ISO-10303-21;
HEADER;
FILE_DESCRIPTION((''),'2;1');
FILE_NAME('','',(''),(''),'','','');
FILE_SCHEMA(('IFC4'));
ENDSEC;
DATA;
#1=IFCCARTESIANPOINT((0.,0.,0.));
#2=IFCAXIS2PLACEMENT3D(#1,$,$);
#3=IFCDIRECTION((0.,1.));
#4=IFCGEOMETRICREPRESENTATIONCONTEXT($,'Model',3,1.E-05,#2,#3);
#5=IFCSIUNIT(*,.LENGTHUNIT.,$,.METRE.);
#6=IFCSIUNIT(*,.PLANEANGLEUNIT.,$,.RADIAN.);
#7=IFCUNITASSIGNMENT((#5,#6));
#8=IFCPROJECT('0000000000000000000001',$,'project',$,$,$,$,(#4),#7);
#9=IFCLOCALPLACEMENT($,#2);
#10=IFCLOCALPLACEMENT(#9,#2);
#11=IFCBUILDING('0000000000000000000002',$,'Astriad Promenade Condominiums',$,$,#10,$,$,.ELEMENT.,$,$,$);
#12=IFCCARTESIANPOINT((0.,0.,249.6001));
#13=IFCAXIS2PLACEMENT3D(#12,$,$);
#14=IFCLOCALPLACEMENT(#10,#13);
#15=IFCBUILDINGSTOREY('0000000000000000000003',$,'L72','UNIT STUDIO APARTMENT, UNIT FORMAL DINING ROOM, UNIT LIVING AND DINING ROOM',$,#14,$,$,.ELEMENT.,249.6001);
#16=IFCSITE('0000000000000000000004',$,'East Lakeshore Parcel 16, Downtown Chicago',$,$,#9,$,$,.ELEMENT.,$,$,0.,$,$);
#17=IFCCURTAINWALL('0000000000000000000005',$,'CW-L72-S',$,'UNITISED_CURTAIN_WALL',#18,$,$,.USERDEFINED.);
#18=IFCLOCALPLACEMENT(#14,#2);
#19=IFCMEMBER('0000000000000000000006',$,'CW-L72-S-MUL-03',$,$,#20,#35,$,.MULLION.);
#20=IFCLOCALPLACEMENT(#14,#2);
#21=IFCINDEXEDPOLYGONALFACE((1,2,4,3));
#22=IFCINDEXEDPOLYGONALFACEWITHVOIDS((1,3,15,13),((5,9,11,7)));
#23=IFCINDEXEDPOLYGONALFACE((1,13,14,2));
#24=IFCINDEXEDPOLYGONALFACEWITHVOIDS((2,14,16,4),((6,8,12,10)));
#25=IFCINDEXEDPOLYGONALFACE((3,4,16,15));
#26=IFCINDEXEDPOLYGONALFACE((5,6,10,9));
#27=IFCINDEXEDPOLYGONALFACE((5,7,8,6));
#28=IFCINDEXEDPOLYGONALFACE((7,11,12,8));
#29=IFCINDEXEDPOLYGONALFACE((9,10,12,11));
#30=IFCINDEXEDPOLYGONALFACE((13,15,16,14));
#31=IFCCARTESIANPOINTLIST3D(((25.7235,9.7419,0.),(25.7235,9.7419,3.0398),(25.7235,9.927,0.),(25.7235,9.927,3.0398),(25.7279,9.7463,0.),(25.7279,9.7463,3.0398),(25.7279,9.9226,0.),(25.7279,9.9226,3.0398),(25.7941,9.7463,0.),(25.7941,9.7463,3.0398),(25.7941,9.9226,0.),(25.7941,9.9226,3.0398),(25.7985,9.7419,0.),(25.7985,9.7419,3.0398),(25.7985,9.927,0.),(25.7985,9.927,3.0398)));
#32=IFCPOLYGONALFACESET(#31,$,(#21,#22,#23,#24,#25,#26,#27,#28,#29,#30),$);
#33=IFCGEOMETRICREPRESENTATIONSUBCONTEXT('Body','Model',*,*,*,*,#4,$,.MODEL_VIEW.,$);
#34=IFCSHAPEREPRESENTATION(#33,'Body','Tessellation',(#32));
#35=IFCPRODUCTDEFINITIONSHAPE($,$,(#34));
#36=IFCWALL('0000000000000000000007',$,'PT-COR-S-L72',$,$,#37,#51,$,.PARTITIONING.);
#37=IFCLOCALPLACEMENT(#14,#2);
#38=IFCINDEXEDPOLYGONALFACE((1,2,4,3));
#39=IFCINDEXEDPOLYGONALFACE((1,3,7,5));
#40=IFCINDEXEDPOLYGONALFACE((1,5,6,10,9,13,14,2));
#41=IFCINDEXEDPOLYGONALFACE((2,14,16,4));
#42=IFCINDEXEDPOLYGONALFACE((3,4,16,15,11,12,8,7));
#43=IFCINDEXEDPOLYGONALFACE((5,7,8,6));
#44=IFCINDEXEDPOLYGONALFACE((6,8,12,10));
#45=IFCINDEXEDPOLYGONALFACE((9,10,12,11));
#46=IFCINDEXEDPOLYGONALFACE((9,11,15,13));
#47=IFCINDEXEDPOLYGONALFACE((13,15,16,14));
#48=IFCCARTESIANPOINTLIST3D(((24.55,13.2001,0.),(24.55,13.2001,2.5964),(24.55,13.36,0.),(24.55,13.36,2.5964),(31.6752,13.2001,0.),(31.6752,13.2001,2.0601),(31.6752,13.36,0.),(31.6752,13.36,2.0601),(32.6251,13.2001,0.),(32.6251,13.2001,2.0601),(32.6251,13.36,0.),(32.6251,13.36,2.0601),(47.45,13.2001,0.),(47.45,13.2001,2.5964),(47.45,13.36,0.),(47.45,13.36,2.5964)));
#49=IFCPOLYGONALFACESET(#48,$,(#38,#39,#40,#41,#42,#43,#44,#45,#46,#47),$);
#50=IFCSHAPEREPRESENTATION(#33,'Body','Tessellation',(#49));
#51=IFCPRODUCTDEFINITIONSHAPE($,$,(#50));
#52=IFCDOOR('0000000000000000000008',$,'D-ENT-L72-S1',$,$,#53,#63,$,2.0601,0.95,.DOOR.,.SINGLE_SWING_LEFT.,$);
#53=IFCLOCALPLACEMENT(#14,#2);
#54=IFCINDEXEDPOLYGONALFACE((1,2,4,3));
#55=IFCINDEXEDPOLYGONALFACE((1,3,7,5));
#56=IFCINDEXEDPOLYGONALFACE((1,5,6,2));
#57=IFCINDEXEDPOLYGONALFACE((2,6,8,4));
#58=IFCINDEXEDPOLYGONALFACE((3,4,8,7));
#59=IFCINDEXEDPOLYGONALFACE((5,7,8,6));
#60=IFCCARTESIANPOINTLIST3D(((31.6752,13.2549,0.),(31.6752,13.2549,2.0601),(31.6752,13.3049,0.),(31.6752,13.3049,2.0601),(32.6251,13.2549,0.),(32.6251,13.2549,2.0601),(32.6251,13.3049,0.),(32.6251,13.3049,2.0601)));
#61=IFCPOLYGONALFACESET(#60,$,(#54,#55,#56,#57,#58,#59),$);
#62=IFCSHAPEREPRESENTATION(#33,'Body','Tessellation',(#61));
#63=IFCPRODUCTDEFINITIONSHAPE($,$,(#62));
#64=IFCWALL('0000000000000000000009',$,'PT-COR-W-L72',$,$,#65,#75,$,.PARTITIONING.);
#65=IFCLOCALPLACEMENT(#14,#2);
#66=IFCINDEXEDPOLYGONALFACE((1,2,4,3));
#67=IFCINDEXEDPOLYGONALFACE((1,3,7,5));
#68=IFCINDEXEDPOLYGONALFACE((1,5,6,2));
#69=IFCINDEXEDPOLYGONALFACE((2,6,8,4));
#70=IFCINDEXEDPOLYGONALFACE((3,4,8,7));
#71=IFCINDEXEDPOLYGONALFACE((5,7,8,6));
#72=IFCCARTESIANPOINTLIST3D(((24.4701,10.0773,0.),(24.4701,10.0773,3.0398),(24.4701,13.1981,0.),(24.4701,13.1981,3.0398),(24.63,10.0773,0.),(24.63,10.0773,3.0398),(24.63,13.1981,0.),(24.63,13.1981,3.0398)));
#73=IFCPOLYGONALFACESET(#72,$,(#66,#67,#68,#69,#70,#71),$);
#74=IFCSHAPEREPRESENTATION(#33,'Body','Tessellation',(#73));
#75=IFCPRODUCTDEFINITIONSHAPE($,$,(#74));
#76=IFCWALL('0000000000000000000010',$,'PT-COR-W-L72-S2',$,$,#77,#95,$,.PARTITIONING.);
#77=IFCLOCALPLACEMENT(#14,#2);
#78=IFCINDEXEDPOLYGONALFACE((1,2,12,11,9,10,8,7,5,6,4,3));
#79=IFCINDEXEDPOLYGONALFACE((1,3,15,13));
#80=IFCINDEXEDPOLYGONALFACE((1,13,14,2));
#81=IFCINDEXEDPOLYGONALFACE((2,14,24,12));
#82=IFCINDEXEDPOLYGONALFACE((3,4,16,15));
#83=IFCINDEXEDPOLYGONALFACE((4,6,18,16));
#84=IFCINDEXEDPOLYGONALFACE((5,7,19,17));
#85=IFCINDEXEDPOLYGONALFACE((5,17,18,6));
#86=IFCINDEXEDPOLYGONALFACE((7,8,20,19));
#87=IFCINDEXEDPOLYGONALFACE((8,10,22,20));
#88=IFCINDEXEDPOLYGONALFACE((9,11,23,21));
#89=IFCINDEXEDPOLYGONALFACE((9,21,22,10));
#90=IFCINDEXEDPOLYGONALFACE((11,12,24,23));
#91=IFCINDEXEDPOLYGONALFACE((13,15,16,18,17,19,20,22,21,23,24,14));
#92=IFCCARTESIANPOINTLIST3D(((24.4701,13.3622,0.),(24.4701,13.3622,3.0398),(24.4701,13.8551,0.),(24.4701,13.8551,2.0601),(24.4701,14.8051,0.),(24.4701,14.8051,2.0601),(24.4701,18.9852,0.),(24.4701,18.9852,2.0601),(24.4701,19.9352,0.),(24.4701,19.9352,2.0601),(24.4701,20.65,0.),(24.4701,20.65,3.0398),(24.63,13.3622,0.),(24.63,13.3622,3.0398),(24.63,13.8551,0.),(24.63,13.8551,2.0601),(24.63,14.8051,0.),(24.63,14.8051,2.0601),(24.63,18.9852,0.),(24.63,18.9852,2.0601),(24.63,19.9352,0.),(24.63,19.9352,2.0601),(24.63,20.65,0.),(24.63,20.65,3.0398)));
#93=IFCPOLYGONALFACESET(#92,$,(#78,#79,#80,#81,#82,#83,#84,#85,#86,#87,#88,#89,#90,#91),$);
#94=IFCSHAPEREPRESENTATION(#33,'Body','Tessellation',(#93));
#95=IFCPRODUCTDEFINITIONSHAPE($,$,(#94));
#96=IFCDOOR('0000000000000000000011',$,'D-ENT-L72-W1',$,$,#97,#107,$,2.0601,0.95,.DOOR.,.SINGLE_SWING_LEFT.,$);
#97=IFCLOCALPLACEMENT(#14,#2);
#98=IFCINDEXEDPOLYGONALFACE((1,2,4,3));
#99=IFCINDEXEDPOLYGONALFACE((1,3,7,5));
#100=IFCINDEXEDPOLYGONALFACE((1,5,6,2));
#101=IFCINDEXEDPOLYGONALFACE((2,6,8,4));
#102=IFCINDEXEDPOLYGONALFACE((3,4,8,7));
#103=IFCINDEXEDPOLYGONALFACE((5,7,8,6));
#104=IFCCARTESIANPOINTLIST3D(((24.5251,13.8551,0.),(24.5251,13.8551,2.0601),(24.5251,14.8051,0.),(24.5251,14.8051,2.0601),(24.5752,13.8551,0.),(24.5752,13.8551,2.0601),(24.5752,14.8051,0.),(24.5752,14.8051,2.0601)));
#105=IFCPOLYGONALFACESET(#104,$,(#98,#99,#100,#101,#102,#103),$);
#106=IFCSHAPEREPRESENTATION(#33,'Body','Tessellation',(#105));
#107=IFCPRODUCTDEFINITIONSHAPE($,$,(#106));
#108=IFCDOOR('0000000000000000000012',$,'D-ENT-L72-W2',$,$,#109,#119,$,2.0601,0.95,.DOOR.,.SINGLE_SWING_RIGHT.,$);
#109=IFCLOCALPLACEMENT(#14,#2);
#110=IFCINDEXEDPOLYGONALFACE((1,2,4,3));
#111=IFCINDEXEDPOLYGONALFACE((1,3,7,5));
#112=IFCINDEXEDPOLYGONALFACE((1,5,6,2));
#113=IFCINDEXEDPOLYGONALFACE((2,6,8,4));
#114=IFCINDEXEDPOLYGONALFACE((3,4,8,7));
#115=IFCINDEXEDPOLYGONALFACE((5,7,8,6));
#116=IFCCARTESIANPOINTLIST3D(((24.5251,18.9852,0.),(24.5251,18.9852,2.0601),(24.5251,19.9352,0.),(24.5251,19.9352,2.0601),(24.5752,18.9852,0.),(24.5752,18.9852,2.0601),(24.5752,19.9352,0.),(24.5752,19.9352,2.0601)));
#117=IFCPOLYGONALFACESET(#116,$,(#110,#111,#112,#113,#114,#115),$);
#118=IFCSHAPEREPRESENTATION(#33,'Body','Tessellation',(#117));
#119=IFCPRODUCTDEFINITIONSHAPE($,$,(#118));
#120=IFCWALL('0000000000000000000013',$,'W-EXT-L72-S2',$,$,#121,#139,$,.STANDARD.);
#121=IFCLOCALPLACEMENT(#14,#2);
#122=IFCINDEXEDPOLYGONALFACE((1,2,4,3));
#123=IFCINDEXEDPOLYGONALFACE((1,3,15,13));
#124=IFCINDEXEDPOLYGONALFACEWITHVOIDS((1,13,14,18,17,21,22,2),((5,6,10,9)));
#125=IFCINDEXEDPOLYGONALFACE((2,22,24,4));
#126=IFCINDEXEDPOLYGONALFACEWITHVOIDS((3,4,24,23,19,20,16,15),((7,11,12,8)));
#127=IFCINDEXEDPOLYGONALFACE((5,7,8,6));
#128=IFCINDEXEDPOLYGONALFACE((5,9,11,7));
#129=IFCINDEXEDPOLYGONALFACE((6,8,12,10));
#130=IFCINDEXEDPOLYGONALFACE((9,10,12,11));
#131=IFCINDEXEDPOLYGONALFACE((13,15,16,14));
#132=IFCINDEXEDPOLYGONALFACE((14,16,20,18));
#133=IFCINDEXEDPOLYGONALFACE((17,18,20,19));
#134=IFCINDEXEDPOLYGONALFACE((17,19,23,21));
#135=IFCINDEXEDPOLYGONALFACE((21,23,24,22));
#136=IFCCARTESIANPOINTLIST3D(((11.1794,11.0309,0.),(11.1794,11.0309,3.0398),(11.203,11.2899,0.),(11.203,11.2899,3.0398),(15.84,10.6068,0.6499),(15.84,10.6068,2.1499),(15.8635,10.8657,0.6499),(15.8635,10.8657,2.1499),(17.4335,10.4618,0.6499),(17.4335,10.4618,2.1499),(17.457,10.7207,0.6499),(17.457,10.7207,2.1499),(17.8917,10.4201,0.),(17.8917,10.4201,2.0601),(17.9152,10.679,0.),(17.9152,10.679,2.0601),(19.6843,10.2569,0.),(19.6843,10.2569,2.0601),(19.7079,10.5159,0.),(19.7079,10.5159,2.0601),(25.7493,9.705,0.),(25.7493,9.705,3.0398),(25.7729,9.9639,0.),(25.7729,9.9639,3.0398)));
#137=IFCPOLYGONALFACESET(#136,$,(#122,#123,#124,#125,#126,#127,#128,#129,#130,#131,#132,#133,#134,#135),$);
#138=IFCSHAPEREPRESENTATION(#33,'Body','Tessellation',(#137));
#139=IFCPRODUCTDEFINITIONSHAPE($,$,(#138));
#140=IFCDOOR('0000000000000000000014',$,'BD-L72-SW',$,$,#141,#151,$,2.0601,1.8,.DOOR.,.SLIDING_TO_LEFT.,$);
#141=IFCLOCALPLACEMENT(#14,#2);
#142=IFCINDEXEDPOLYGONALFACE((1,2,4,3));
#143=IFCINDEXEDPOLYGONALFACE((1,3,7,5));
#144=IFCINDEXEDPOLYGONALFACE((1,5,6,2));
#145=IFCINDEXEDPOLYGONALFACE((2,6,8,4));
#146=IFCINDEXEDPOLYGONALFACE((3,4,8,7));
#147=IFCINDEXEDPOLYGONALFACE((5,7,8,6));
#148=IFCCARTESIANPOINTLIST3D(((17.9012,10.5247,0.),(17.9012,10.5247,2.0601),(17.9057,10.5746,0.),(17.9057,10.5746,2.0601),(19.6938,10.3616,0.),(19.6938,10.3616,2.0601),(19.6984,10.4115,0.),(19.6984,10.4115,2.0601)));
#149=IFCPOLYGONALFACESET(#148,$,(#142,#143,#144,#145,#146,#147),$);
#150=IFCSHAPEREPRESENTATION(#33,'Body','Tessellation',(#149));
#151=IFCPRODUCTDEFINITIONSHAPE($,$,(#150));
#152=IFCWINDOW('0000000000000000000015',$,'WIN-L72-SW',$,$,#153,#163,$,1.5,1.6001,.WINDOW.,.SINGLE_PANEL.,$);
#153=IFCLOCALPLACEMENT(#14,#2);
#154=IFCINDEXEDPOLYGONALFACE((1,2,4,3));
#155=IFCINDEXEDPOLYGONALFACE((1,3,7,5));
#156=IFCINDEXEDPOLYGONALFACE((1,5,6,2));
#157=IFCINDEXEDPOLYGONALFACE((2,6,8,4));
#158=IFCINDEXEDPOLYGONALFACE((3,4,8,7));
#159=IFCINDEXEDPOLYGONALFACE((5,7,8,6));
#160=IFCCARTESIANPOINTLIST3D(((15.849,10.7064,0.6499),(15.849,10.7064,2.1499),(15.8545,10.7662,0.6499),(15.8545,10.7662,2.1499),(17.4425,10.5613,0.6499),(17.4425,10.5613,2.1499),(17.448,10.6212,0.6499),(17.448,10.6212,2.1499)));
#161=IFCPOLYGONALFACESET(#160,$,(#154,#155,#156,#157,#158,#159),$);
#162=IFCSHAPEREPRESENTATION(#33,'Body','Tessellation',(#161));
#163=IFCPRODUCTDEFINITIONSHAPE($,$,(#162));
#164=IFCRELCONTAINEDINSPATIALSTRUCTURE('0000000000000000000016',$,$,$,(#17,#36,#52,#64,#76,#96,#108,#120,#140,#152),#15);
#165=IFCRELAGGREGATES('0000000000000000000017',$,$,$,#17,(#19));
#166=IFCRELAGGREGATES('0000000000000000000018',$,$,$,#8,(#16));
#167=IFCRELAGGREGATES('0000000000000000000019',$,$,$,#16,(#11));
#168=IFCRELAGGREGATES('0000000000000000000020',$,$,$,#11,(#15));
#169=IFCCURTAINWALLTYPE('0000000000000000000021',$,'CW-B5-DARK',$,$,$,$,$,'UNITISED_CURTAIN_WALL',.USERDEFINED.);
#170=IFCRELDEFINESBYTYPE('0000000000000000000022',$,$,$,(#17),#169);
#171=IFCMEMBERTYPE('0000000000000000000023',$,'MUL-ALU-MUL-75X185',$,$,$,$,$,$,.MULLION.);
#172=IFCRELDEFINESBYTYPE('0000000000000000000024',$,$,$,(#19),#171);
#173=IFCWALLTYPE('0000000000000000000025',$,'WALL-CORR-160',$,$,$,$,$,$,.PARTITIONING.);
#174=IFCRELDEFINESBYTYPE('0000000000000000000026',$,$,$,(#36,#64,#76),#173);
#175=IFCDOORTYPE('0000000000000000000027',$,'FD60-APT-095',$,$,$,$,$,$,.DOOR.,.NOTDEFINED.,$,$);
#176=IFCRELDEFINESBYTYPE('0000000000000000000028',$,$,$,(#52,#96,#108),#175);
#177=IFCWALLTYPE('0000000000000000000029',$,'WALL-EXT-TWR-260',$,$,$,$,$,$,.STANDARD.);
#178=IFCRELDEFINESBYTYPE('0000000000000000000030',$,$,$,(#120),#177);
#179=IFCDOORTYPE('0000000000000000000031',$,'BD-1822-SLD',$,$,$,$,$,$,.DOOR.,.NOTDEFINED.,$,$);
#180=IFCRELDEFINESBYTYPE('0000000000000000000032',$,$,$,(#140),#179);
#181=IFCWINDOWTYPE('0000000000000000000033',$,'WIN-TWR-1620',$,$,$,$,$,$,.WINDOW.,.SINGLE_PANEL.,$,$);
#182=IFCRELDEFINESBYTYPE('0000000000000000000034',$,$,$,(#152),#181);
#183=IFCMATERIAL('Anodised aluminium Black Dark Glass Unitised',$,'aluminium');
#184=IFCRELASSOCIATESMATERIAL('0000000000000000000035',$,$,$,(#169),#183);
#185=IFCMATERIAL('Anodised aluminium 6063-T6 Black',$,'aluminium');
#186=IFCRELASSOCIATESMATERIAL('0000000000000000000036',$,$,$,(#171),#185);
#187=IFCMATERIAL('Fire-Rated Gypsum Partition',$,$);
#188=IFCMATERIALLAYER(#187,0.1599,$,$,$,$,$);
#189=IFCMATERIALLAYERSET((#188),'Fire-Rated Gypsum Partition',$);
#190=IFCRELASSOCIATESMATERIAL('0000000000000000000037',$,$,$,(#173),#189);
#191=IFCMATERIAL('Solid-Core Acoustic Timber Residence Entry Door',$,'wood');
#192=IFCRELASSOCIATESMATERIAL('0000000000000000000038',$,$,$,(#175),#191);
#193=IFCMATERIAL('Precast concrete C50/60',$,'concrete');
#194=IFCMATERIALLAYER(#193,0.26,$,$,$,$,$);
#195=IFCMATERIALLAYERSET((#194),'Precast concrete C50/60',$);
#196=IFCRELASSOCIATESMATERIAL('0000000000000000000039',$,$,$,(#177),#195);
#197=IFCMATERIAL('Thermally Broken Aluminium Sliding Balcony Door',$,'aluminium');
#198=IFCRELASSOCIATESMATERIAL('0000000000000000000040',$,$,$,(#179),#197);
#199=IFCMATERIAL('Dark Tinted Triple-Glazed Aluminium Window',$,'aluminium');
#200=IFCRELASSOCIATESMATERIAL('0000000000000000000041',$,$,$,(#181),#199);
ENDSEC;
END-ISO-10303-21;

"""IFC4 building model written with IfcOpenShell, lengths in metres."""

from ifc_helpers import new_model, si_unit, direction, frame, frame_2d, origin, origin_2d, place, context, subcontext, project, spatial, rectangle, hollow_rectangle, extrude, source, transform, mapped, material, layer, layer_set, material_profile, profile_set, type_object, type_shapes, element, fill, aggregate, save


model = new_model("IFC4")

# Units and contexts
model_context = context("Model", 3, precision=1e-05, world=origin(), true_north=direction((0.0, 1.0)))
body_context = subcontext(model_context, "Body", "Model", "MODEL_VIEW")
ifc_project = project(units=[si_unit("LENGTHUNIT", "METRE"), si_unit("PLANEANGLEUNIT", "RADIAN")], contexts=[model_context])

# Site, building, storey
site_placement = place(None, origin())
site = spatial("IfcSite", under=ifc_project, at=site_placement, Name="East Lakeshore Parcel 16, Downtown Chicago", CompositionType="ELEMENT", RefElevation=0.0)
building_placement = place(site_placement, origin())
building = spatial("IfcBuilding", under=site, at=building_placement, Name="Astriad Promenade Condominiums", CompositionType="ELEMENT")
storey_placement = place(building_placement, frame((0.0, 0.0, 249.6001)))
storey = spatial("IfcBuildingStorey", under=building, at=storey_placement, Name="L72", Description="UNIT STUDIO APARTMENT, UNIT FORMAL DINING ROOM, UNIT LIVING AND DINING ROOM", CompositionType="ELEMENT", Elevation=249.6001)

# Curtain wall, member
ifc_material_1 = material(Name="Anodised aluminium Black Dark Glass Unitised", Category="aluminium")
curtain_wall_type = type_object("IfcCurtainWallType", Name="CW-B5-DARK", ElementType="UNITISED_CURTAIN_WALL", PredefinedType="USERDEFINED", material=ifc_material_1)
curtain_wall_placement = place(storey_placement, origin())
curtain_wall = element("IfcCurtainWall", 1, at=curtain_wall_placement, inside=storey, type_object=curtain_wall_type, Name="CW-L72-S", ObjectType="UNITISED_CURTAIN_WALL", PredefinedType="USERDEFINED")
ifc_material_2 = material(Name="Anodised aluminium 6063-T6 Black", Category="aluminium")
ifc_material_profile_1 = material_profile(ifc_material_2, hollow_rectangle(XDim=0.075, YDim=0.1851, WallThickness=0.0044, at=origin_2d()), Name="ALU-MUL-75X185")
ifc_profile_set_1 = profile_set([ifc_material_profile_1], Name="Anodised aluminium 6063-T6 Black")
member_type = type_object("IfcMemberType", Name="MUL-ALU-MUL-75X185", PredefinedType="MULLION", material=ifc_profile_set_1)
shared_shape_1 = source(origin(), body_context, "Body", "SweptSolid", [
    extrude(hollow_rectangle(XDim=0.075, YDim=0.1851, WallThickness=0.0044, at=origin_2d()), origin(), (0.0, 0.0, 1.0), 3.0398),
])
type_shapes(member_type, [shared_shape_1])
member_placement = place(storey_placement, frame((25.761, 9.8345, 0.0), z_axis=(0.0, 0.0, 1.0), x_axis=(1.0, 0.0, 0.0)))
member = element("IfcMember", 2, at=member_placement, type_object=member_type, Name="CW-L72-S-MUL-03", PredefinedType="MULLION", context=body_context, shape_type="MappedRepresentation", body=[
    mapped(shared_shape_1, transform((0.0, 0.0, 0.0), scale=1.0)),
])
aggregate(curtain_wall, [member])

# Wall, opening, door
ifc_material_3 = material(Name="Fire-Rated Gypsum Partition")
ifc_layer_1 = layer(ifc_material_3, 0.1599)
ifc_layer_set_1 = layer_set([ifc_layer_1], Name="Fire-Rated Gypsum Partition")
wall_type_1 = type_object("IfcWallType", Name="WALL-CORR-160", PredefinedType="PARTITIONING", material=ifc_layer_set_1)
wall_1_placement = place(storey_placement, frame((24.55, 13.28, 0.0), z_axis=(0.0, 0.0, 1.0), x_axis=(1.0, 0.0, 0.0)))
wall_1 = element("IfcWall", 3, at=wall_1_placement, inside=storey, type_object=wall_type_1, Name="PT-COR-S-L72", PredefinedType="PARTITIONING", context=body_context, shape_type="SweptSolid", body=[
    extrude(rectangle(XDim=22.8999, YDim=0.1599, at=frame_2d((11.45, 0.0))), origin(), (0.0, 0.0, 1.0), 2.5964),
])
opening_1_placement = place(wall_1_placement, frame((7.125, 0.0, 0.0)))
opening_1 = element("IfcOpeningElement", 4, at=opening_1_placement, cuts=wall_1, PredefinedType="OPENING", context=body_context, shape_type="SweptSolid", body=[
    extrude(rectangle(XDim=0.95, YDim=2.0601, at=frame_2d((0.4751, 1.03))), frame((0.0, 0.0898, 0.0), z_axis=(0.0, -1.0, 0.0), x_axis=(1.0, 0.0, 0.0)), (0.0, 0.0, 1.0), 0.1799),
])
ifc_material_4 = material(Name="Solid-Core Acoustic Timber Residence Entry Door", Category="wood")
door_type_1 = type_object("IfcDoorType", Name="FD60-APT-095", OperationType="NOTDEFINED", PredefinedType="DOOR", material=ifc_material_4)
shared_shape_2 = source(origin(), body_context, "Body", "SweptSolid", [
    extrude(rectangle(XDim=0.95, YDim=2.0601, at=frame_2d((0.4751, 1.03))), frame((0.0, 0.0249, 0.0), z_axis=(0.0, -1.0, 0.0), x_axis=(1.0, 0.0, 0.0)), (0.0, 0.0, 1.0), 0.05),
])
type_shapes(door_type_1, [shared_shape_2])
door_1_placement = place(opening_1_placement, origin())
door_1 = element("IfcDoor", 5, at=door_1_placement, inside=storey, type_object=door_type_1, Name="D-ENT-L72-S1", OperationType="SINGLE_SWING_LEFT", OverallHeight=2.0601, OverallWidth=0.95, PredefinedType="DOOR", context=body_context, shape_type="MappedRepresentation", body=[
    mapped(shared_shape_2, transform((0.0, 0.0, 0.0), scale=1.0)),
])
fill(opening_1, door_1)

# Wall
wall_2_placement = place(storey_placement, frame((24.55, 10.0771, 0.0), z_axis=(0.0, 0.0, 1.0), x_axis=(0.0, 1.0, 0.0)))
element("IfcWall", 6, at=wall_2_placement, inside=storey, type_object=wall_type_1, Name="PT-COR-W-L72", PredefinedType="PARTITIONING", context=body_context, shape_type="SweptSolid", body=[
    extrude(rectangle(XDim=3.1208, YDim=0.1599, at=frame_2d((1.5605, 0.0))), origin(), (0.0, 0.0, 1.0), 3.0398),
])

# Wall, openings, doors
wall_3_placement = place(storey_placement, frame((24.55, 13.3621, 0.0), z_axis=(0.0, 0.0, 1.0), x_axis=(0.0, 1.0, 0.0)))
wall_3 = element("IfcWall", 7, at=wall_3_placement, inside=storey, type_object=wall_type_1, Name="PT-COR-W-L72-S2", PredefinedType="PARTITIONING", context=body_context, shape_type="SweptSolid", body=[
    extrude(rectangle(XDim=7.2878, YDim=0.1599, at=frame_2d((3.644, 0.0))), origin(), (0.0, 0.0, 1.0), 3.0398),
])
opening_2_placement = place(wall_3_placement, frame((0.4929, 0.0, 0.0)))
opening_2 = element("IfcOpeningElement", 8, at=opening_2_placement, cuts=wall_3, PredefinedType="OPENING", context=body_context, shape_type="SweptSolid", body=[
    extrude(rectangle(XDim=0.95, YDim=2.0601, at=frame_2d((0.4751, 1.03))), frame((0.0, 0.0898, 0.0), z_axis=(0.0, -1.0, 0.0), x_axis=(1.0, 0.0, 0.0)), (0.0, 0.0, 1.0), 0.1799),
])
opening_3_placement = place(wall_3_placement, frame((5.623, 0.0, 0.0)))
opening_3 = element("IfcOpeningElement", 9, at=opening_3_placement, cuts=wall_3, PredefinedType="OPENING", context=body_context, shape_type="SweptSolid", body=[
    extrude(rectangle(XDim=0.95, YDim=2.0601, at=frame_2d((0.4751, 1.03))), frame((0.0, 0.0898, 0.0), z_axis=(0.0, -1.0, 0.0), x_axis=(1.0, 0.0, 0.0)), (0.0, 0.0, 1.0), 0.1799),
])
door_2_placement = place(opening_2_placement, origin())
door_2 = element("IfcDoor", 10, at=door_2_placement, inside=storey, type_object=door_type_1, Name="D-ENT-L72-W1", OperationType="SINGLE_SWING_LEFT", OverallHeight=2.0601, OverallWidth=0.95, PredefinedType="DOOR", context=body_context, shape_type="MappedRepresentation", body=[
    mapped(shared_shape_2, transform((0.0, 0.0, 0.0), scale=1.0)),
])
fill(opening_2, door_2)
door_3_placement = place(opening_3_placement, origin())
door_3 = element("IfcDoor", 11, at=door_3_placement, inside=storey, type_object=door_type_1, Name="D-ENT-L72-W2", OperationType="SINGLE_SWING_RIGHT", OverallHeight=2.0601, OverallWidth=0.95, PredefinedType="DOOR", context=body_context, shape_type="MappedRepresentation", body=[
    mapped(shared_shape_2, transform((0.0, 0.0, 0.0), scale=1.0)),
])
fill(opening_3, door_3)

# Wall, openings, door, window
ifc_material_5 = material(Name="Precast concrete C50/60", Category="concrete")
ifc_layer_2 = layer(ifc_material_5, 0.26)
ifc_layer_set_2 = layer_set([ifc_layer_2], Name="Precast concrete C50/60")
wall_type_2 = type_object("IfcWallType", Name="WALL-EXT-TWR-260", PredefinedType="STANDARD", material=ifc_layer_set_2)
wall_4_placement = place(storey_placement, frame((25.761, 9.8345, 0.0), z_axis=(0.0, 0.0, 1.0), x_axis=(-0.995885, 0.090631, 0.0)))
wall_4 = element("IfcWall", 12, at=wall_4_placement, inside=storey, type_object=wall_type_2, Name="W-EXT-L72-S2", PredefinedType="STANDARD", context=body_context, shape_type="SweptSolid", body=[
    extrude(rectangle(XDim=14.6301, YDim=0.26, at=frame_2d((7.3149, 0.0))), origin(), (0.0, 0.0, 1.0), 3.0398),
])
opening_4_placement = place(wall_4_placement, frame((6.0901, 0.0, 0.0)))
opening_4 = element("IfcOpeningElement", 13, at=opening_4_placement, cuts=wall_4, PredefinedType="OPENING", context=body_context, shape_type="SweptSolid", body=[
    extrude(rectangle(XDim=1.8, YDim=2.0601, at=frame_2d((0.8999, 1.03))), frame((0.0, 0.1399, 0.0), z_axis=(0.0, -1.0, 0.0), x_axis=(1.0, 0.0, 0.0)), (0.0, 0.0, 1.0), 0.28),
])
opening_5_placement = place(wall_4_placement, frame((8.3501, 0.0, 0.6499)))
opening_5 = element("IfcOpeningElement", 14, at=opening_5_placement, cuts=wall_4, PredefinedType="OPENING", context=body_context, shape_type="SweptSolid", body=[
    extrude(rectangle(XDim=1.6001, YDim=1.5, at=frame_2d((0.8, 0.75))), frame((0.0, 0.1399, 0.0), z_axis=(0.0, -1.0, 0.0), x_axis=(1.0, 0.0, 0.0)), (0.0, 0.0, 1.0), 0.28),
])
ifc_material_6 = material(Name="Thermally Broken Aluminium Sliding Balcony Door", Category="aluminium")
door_type_2 = type_object("IfcDoorType", Name="BD-1822-SLD", OperationType="NOTDEFINED", PredefinedType="DOOR", material=ifc_material_6)
shared_shape_3 = source(origin(), body_context, "Body", "SweptSolid", [
    extrude(rectangle(XDim=1.8, YDim=2.0601, at=frame_2d((0.8999, 1.03))), frame((0.0, 0.0249, 0.0), z_axis=(0.0, -1.0, 0.0), x_axis=(1.0, 0.0, 0.0)), (0.0, 0.0, 1.0), 0.05),
])
type_shapes(door_type_2, [shared_shape_3])
door_4_placement = place(opening_4_placement, origin())
door_4 = element("IfcDoor", 15, at=door_4_placement, inside=storey, type_object=door_type_2, Name="BD-L72-SW", OperationType="SLIDING_TO_LEFT", OverallHeight=2.0601, OverallWidth=1.8, PredefinedType="DOOR", context=body_context, shape_type="MappedRepresentation", body=[
    mapped(shared_shape_3, transform((0.0, 0.0, 0.0), scale=1.0)),
])
fill(opening_4, door_4)
ifc_material_7 = material(Name="Dark Tinted Triple-Glazed Aluminium Window", Category="aluminium")
window_type = type_object("IfcWindowType", Name="WIN-TWR-1620", PartitioningType="SINGLE_PANEL", PredefinedType="WINDOW", material=ifc_material_7)
shared_shape_4 = source(origin(), body_context, "Body", "SweptSolid", [
    extrude(rectangle(XDim=1.6001, YDim=1.5, at=frame_2d((0.8, 0.75))), frame((0.0, 0.03, 0.0), z_axis=(0.0, -1.0, 0.0), x_axis=(1.0, 0.0, 0.0)), (0.0, 0.0, 1.0), 0.0601),
])
type_shapes(window_type, [shared_shape_4])
window_placement = place(opening_5_placement, origin())
window = element("IfcWindow", 16, at=window_placement, inside=storey, type_object=window_type, Name="WIN-L72-SW", OverallHeight=1.5, OverallWidth=1.6001, PartitioningType="SINGLE_PANEL", PredefinedType="WINDOW", context=body_context, shape_type="MappedRepresentation", body=[
    mapped(shared_shape_4, transform((0.0, 0.0, 0.0), scale=1.0)),
])
fill(opening_5, window)

save(model, "model.ifc")
